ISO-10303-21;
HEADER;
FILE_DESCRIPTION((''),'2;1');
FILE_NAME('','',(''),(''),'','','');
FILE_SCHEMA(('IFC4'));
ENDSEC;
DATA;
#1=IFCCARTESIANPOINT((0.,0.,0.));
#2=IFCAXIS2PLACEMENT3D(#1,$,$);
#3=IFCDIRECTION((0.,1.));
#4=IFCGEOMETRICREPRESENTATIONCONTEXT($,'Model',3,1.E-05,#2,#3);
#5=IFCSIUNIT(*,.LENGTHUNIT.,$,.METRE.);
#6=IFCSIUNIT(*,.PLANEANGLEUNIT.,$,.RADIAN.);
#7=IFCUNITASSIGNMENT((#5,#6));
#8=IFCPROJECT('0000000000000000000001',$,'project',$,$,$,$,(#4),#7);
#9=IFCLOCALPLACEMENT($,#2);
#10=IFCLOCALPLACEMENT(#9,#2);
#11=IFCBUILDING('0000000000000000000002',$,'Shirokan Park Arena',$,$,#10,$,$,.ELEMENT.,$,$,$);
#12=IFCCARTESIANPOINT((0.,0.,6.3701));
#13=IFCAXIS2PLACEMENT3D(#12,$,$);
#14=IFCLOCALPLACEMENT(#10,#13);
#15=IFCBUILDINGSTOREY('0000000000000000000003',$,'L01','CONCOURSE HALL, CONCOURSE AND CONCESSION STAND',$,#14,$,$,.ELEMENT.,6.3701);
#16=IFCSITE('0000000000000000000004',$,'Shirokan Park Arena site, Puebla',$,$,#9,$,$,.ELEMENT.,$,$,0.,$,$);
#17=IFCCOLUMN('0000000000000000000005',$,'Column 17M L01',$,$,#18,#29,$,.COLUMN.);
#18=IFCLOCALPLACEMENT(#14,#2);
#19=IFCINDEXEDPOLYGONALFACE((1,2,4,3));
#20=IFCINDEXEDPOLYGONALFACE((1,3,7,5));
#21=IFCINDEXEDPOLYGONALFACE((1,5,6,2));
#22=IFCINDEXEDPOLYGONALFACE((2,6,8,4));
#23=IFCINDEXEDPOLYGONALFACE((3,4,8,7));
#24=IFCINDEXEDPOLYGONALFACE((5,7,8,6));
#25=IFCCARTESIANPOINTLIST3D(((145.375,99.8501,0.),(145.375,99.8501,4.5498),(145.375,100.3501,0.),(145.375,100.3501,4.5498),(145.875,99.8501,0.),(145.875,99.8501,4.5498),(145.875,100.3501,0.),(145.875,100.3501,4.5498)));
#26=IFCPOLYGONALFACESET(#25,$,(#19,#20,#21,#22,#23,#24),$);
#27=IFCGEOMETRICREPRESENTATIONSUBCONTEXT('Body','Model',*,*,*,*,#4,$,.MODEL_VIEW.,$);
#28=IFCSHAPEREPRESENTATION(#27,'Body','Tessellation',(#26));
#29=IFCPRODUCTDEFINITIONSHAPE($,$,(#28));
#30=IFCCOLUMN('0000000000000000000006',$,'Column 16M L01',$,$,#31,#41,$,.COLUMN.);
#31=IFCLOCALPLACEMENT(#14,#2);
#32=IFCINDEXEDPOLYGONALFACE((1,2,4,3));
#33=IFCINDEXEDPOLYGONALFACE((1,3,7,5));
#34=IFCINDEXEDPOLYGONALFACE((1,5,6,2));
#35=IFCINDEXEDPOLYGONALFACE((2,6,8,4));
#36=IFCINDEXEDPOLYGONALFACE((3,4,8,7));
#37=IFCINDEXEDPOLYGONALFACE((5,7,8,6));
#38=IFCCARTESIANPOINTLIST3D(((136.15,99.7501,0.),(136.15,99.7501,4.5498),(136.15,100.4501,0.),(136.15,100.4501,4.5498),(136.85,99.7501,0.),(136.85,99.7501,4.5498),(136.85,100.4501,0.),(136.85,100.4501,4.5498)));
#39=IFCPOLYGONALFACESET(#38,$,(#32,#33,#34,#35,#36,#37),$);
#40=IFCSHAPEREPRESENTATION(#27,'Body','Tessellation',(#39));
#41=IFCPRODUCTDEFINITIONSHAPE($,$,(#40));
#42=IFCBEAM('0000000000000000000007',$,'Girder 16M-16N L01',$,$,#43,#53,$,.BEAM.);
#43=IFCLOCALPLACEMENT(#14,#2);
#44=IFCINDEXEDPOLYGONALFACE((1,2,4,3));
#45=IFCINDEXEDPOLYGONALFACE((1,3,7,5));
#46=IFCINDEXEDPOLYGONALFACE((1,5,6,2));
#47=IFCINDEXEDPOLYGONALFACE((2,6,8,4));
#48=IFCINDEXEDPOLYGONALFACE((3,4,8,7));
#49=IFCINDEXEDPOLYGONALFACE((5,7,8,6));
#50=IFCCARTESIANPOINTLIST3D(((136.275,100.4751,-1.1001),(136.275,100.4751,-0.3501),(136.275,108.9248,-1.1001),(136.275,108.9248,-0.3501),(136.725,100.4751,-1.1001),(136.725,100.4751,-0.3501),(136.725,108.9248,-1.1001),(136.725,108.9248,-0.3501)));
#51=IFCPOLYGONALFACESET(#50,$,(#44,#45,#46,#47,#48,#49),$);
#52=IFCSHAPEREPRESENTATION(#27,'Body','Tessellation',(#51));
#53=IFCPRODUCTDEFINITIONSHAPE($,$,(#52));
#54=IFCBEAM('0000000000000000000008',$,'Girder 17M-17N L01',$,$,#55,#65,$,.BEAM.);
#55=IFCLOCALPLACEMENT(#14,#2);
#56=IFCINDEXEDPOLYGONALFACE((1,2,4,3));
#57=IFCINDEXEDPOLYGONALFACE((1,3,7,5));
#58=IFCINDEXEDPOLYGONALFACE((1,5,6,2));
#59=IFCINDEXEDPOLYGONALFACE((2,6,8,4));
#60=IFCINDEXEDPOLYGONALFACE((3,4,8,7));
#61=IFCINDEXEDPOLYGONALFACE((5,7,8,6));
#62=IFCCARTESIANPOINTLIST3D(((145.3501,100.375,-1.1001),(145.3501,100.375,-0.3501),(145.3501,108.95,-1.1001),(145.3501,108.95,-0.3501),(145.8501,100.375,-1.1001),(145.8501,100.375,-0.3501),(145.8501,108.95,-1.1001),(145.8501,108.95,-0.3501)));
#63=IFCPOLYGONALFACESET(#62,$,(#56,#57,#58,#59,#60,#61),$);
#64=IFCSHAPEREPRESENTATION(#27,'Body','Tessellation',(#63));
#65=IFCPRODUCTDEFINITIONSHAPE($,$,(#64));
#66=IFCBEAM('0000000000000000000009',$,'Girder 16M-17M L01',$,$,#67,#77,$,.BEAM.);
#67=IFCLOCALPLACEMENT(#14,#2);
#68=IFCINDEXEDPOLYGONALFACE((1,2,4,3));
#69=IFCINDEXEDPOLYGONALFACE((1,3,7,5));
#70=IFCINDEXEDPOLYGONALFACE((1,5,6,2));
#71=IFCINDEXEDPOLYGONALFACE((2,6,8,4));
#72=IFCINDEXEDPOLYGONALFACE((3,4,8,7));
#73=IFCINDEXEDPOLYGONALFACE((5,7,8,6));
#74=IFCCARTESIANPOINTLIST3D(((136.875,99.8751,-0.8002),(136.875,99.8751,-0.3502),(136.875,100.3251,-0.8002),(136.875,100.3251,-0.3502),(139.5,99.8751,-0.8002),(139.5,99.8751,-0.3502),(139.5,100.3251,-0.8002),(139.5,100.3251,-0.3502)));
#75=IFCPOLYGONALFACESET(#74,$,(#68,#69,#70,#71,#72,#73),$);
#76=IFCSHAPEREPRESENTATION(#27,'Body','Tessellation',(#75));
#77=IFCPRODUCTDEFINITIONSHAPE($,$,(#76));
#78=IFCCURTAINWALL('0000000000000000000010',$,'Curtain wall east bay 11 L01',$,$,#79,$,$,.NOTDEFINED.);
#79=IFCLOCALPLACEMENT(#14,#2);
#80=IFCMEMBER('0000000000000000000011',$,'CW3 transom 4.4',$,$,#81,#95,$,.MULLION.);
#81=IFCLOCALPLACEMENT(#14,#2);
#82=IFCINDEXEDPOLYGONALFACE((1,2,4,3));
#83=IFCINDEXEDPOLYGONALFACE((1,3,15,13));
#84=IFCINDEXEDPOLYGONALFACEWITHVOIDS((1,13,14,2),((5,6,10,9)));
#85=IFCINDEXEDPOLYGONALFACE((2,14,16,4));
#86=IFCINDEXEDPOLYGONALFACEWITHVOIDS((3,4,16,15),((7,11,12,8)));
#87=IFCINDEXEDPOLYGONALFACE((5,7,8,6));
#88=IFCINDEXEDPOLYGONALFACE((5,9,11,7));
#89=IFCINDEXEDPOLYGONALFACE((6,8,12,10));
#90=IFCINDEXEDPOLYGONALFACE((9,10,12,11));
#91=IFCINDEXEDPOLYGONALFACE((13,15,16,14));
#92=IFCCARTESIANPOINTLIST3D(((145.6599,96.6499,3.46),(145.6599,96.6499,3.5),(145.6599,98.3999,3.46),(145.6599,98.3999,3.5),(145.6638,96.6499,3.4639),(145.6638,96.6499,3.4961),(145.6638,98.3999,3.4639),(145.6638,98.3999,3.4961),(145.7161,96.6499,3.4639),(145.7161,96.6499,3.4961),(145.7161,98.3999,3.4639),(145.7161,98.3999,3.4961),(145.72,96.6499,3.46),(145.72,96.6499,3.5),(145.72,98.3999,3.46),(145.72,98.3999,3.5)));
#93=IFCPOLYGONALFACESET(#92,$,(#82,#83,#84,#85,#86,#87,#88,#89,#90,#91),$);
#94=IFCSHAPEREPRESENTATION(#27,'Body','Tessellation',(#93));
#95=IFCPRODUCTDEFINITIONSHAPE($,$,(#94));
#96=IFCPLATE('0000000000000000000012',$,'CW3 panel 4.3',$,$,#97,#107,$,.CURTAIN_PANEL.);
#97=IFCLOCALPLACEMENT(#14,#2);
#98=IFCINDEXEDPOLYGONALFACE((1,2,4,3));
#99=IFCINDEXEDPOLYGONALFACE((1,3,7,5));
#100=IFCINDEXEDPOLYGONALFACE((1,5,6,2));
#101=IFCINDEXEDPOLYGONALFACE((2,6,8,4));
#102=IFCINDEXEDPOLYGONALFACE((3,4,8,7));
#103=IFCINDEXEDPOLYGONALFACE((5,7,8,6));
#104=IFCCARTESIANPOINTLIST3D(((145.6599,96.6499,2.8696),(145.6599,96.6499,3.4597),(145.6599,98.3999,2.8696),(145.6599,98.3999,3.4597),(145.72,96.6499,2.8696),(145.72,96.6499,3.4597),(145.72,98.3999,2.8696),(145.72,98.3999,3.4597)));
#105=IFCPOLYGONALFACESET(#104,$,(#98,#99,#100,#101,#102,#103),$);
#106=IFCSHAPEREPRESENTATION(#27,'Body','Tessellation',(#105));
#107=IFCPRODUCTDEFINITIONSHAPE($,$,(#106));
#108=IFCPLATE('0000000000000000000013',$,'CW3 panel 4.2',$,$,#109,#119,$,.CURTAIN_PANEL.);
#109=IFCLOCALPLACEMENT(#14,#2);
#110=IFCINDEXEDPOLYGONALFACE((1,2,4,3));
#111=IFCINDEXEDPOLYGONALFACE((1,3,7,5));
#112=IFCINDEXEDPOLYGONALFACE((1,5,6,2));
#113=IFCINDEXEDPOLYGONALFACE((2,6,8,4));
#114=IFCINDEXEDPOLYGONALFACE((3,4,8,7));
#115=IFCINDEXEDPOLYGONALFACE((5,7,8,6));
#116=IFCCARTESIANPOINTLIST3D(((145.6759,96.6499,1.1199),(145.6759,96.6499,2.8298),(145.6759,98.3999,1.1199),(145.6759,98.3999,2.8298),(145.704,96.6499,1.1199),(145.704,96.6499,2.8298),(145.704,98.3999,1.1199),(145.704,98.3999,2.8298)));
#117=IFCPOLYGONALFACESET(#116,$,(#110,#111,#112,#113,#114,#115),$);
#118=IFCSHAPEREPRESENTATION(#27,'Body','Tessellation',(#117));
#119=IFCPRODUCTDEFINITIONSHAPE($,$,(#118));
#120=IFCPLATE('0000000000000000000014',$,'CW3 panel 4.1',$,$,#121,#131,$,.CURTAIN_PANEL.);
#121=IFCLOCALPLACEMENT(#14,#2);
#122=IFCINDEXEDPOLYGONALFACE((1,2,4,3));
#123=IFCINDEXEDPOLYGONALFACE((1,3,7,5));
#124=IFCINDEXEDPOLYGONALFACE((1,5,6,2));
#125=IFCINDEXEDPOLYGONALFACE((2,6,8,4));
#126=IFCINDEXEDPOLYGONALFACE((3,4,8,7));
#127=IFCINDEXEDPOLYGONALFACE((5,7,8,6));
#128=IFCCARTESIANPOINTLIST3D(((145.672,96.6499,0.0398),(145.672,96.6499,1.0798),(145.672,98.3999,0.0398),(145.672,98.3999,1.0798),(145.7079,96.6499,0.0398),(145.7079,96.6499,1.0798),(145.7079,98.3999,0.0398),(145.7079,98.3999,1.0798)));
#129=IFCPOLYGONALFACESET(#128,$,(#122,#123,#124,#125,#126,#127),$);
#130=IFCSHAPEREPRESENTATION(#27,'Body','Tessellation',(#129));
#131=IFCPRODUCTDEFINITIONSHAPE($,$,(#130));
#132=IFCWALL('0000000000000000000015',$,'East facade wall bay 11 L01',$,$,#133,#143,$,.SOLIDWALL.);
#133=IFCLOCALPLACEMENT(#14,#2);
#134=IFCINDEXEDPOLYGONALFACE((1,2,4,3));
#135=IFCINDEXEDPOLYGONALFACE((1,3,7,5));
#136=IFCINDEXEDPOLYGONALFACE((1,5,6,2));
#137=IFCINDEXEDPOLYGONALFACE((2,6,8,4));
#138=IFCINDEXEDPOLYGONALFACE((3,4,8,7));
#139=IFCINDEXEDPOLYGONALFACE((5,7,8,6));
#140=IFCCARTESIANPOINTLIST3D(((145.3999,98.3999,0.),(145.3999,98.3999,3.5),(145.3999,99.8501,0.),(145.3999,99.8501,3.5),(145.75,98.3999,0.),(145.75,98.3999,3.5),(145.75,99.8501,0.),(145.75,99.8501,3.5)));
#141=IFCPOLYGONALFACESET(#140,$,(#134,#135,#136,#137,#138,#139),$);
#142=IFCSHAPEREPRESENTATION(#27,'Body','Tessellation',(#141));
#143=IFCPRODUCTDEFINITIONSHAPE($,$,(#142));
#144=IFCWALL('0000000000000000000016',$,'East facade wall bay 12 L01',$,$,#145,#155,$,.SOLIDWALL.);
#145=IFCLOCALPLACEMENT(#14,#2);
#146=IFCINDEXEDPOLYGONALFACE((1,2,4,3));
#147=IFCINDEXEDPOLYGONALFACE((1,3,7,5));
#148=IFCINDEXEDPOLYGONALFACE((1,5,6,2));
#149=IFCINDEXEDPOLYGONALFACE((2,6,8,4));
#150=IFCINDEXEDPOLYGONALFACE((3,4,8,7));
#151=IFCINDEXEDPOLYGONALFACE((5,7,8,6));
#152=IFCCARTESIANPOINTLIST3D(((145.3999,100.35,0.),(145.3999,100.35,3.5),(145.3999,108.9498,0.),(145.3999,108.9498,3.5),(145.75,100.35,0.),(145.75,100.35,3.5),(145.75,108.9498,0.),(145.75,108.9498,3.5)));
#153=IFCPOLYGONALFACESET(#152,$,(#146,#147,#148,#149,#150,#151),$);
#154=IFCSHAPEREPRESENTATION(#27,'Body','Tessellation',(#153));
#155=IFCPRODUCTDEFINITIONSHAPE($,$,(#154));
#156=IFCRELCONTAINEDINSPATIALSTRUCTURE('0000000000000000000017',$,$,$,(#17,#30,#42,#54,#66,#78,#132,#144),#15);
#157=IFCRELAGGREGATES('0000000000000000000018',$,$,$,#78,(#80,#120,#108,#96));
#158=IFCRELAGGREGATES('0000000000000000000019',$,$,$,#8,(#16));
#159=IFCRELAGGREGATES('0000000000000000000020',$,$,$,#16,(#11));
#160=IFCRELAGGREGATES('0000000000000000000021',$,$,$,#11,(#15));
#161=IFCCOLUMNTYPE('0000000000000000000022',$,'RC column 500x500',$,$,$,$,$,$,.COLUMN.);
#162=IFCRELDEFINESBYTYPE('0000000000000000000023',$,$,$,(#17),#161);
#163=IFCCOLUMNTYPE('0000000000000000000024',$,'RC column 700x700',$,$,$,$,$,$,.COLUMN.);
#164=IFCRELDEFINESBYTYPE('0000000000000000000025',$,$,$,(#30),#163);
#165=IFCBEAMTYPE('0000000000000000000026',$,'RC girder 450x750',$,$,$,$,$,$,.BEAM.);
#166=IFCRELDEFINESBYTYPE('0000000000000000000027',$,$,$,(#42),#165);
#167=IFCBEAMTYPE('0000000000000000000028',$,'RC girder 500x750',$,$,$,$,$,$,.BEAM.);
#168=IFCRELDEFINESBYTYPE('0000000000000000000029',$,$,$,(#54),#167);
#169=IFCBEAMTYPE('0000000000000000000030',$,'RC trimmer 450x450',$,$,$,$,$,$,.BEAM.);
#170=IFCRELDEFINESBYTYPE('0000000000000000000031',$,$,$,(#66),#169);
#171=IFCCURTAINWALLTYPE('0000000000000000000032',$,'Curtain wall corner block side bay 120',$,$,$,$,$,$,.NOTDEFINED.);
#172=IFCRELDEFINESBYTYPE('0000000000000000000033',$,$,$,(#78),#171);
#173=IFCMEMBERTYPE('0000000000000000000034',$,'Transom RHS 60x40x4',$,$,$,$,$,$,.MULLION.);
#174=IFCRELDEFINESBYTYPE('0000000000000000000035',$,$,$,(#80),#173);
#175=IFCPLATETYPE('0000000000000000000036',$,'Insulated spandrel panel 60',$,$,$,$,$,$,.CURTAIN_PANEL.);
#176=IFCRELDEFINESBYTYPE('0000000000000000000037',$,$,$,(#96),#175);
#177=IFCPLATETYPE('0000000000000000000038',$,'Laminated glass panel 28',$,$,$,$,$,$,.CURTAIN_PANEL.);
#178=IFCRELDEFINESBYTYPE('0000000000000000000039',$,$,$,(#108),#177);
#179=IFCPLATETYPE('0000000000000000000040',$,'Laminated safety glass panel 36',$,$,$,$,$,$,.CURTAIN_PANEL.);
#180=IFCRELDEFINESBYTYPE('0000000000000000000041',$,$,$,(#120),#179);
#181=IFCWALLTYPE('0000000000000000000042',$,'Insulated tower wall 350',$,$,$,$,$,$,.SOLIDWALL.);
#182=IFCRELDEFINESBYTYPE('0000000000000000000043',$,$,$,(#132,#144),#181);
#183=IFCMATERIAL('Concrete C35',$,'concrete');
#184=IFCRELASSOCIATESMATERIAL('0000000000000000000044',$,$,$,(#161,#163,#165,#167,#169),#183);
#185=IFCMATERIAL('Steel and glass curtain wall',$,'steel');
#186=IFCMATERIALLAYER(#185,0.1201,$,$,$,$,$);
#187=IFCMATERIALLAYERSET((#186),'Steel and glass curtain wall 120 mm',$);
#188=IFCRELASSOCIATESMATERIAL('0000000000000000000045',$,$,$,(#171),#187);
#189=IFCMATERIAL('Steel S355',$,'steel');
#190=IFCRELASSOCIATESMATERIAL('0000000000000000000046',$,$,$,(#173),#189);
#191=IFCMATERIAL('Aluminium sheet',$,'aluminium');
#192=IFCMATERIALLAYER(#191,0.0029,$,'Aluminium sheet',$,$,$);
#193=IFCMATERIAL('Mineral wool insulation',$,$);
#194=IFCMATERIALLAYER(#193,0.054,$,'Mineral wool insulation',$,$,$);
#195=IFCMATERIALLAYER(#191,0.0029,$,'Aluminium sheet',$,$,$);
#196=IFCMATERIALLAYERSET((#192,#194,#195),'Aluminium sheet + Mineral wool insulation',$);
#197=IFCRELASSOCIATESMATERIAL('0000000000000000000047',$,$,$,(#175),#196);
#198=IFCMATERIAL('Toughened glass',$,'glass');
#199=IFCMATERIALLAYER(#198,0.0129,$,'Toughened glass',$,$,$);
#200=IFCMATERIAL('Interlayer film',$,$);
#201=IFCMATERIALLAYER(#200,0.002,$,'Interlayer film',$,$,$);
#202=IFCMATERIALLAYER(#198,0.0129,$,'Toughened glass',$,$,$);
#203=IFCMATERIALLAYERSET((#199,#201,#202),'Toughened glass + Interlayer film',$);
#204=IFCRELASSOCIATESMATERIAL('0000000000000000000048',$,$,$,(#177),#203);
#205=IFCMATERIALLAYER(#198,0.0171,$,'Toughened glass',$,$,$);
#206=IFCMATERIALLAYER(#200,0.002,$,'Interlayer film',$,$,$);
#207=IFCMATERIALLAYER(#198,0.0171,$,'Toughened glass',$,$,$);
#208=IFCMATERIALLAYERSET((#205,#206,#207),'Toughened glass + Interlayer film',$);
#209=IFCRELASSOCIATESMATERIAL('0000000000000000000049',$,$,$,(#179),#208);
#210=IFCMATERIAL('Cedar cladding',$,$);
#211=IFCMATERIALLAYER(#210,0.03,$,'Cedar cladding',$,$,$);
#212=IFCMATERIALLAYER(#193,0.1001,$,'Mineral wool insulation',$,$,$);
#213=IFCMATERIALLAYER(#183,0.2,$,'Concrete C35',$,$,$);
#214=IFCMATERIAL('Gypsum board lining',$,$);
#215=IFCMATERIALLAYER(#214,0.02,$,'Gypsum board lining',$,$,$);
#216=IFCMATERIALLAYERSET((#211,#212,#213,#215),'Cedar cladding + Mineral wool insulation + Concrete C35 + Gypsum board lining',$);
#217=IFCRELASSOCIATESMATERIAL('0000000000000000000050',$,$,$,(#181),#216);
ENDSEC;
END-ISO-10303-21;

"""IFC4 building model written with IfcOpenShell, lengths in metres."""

from ifc_helpers import new_model, si_unit, direction, frame, frame_2d, origin, origin_2d, place, context, subcontext, project, spatial, rectangle, hollow_rectangle, extrude, material, layer, layer_set, material_profile, profile_set, type_object, element, aggregate, save


model = new_model("IFC4")

# Units and contexts
model_context = context("Model", 3, precision=1e-05, world=origin(), true_north=direction((0.0, 1.0)))
body_context = subcontext(model_context, "Body", "Model", "MODEL_VIEW")
ifc_project = project(units=[si_unit("LENGTHUNIT", "METRE"), si_unit("PLANEANGLEUNIT", "RADIAN")], contexts=[model_context])

# Site, building, storey
site_placement = place(None, origin())
site = spatial("IfcSite", under=ifc_project, at=site_placement, Name="Shirokan Park Arena site, Puebla", CompositionType="ELEMENT", RefElevation=0.0)
building_placement = place(site_placement, origin())
building = spatial("IfcBuilding", under=site, at=building_placement, Name="Shirokan Park Arena", CompositionType="ELEMENT")
storey_placement = place(building_placement, frame((0.0, 0.0, 6.3701)))
storey = spatial("IfcBuildingStorey", under=building, at=storey_placement, Name="L01", Description="CONCOURSE HALL, CONCOURSE AND CONCESSION STAND", CompositionType="ELEMENT", Elevation=6.3701)

# Columns
ifc_material_1 = material(Name="Concrete C35", Category="concrete")
ifc_material_profile_1 = material_profile(ifc_material_1, rectangle(XDim=0.5, YDim=0.5, at=origin_2d()), Name="500x500")
ifc_profile_set_1 = profile_set([ifc_material_profile_1], Name="Concrete C35")
column_type_1 = type_object("IfcColumnType", Name="RC column 500x500", PredefinedType="COLUMN", material=ifc_profile_set_1)
column_1_placement = place(storey_placement, frame((145.625, 100.1001, 0.0), z_axis=(0.0, 0.0, 1.0), x_axis=(1.0, 0.0, 0.0)))
element("IfcColumn", 1, at=column_1_placement, inside=storey, type_object=column_type_1, Name="Column 17M L01", PredefinedType="COLUMN", context=body_context, shape_type="SweptSolid", body=[
    extrude(rectangle(XDim=0.5, YDim=0.5, at=origin_2d()), origin(), (0.0, 0.0, 1.0), 4.5498),
])
ifc_material_profile_2 = material_profile(ifc_material_1, rectangle(XDim=0.7, YDim=0.7, at=origin_2d()), Name="700x700")
ifc_profile_set_2 = profile_set([ifc_material_profile_2], Name="Concrete C35")
column_type_2 = type_object("IfcColumnType", Name="RC column 700x700", PredefinedType="COLUMN", material=ifc_profile_set_2)
column_2_placement = place(storey_placement, frame((136.5, 100.1001, 0.0), z_axis=(0.0, 0.0, 1.0), x_axis=(1.0, 0.0, 0.0)))
element("IfcColumn", 2, at=column_2_placement, inside=storey, type_object=column_type_2, Name="Column 16M L01", PredefinedType="COLUMN", context=body_context, shape_type="SweptSolid", body=[
    extrude(rectangle(XDim=0.7, YDim=0.7, at=origin_2d()), origin(), (0.0, 0.0, 1.0), 4.5498),
])

# Beams
ifc_material_profile_3 = material_profile(ifc_material_1, rectangle(XDim=0.45, YDim=0.75, at=origin_2d()), Name="450x750")
ifc_profile_set_3 = profile_set([ifc_material_profile_3], Name="Concrete C35")
beam_type_1 = type_object("IfcBeamType", Name="RC girder 450x750", PredefinedType="BEAM", material=ifc_profile_set_3)
beam_1_placement = place(storey_placement, frame((136.5, 100.4751, -0.7251), z_axis=(0.0, 1.0, 0.0), x_axis=(-1.0, 0.0, 0.0)))
element("IfcBeam", 3, at=beam_1_placement, inside=storey, type_object=beam_type_1, Name="Girder 16M-16N L01", PredefinedType="BEAM", context=body_context, shape_type="SweptSolid", body=[
    extrude(rectangle(XDim=0.45, YDim=0.75, at=origin_2d()), origin(), (0.0, 0.0, 1.0), 8.4497),
])
ifc_material_profile_4 = material_profile(ifc_material_1, rectangle(XDim=0.5, YDim=0.75, at=origin_2d()), Name="500x750")
ifc_profile_set_4 = profile_set([ifc_material_profile_4], Name="Concrete C35")
beam_type_2 = type_object("IfcBeamType", Name="RC girder 500x750", PredefinedType="BEAM", material=ifc_profile_set_4)
beam_2_placement = place(storey_placement, frame((145.6001, 100.375, -0.7251), z_axis=(0.0, 1.0, 0.0), x_axis=(-1.0, 0.0, 0.0)))
element("IfcBeam", 4, at=beam_2_placement, inside=storey, type_object=beam_type_2, Name="Girder 17M-17N L01", PredefinedType="BEAM", context=body_context, shape_type="SweptSolid", body=[
    extrude(rectangle(XDim=0.5, YDim=0.75, at=origin_2d()), origin(), (0.0, 0.0, 1.0), 8.575),
])
ifc_material_profile_5 = material_profile(ifc_material_1, rectangle(XDim=0.45, YDim=0.45, at=origin_2d()), Name="450x450")
ifc_profile_set_5 = profile_set([ifc_material_profile_5], Name="Concrete C35")
beam_type_3 = type_object("IfcBeamType", Name="RC trimmer 450x450", PredefinedType="BEAM", material=ifc_profile_set_5)
beam_3_placement = place(storey_placement, frame((136.875, 100.1001, -0.5752), z_axis=(1.0, 0.0, 0.0), x_axis=(0.0, 1.0, 0.0)))
element("IfcBeam", 5, at=beam_3_placement, inside=storey, type_object=beam_type_3, Name="Girder 16M-17M L01", PredefinedType="BEAM", context=body_context, shape_type="SweptSolid", body=[
    extrude(rectangle(XDim=0.45, YDim=0.45, at=origin_2d()), origin(), (0.0, 0.0, 1.0), 2.625),
])

# Curtain wall, member, plates
ifc_material_2 = material(Name="Steel and glass curtain wall", Category="steel")
ifc_layer_1 = layer(ifc_material_2, 0.1201)
ifc_layer_set_1 = layer_set([ifc_layer_1], Name="Steel and glass curtain wall 120 mm")
curtain_wall_type = type_object("IfcCurtainWallType", Name="Curtain wall corner block side bay 120", PredefinedType="NOTDEFINED", material=ifc_layer_set_1)
curtain_wall_placement = place(storey_placement, origin())
curtain_wall = element("IfcCurtainWall", 6, at=curtain_wall_placement, inside=storey, type_object=curtain_wall_type, Name="Curtain wall east bay 11 L01", PredefinedType="NOTDEFINED")
ifc_material_3 = material(Name="Steel S355", Category="steel")
ifc_material_profile_6 = material_profile(ifc_material_3, hollow_rectangle(XDim=0.0601, YDim=0.04, WallThickness=0.0039, at=origin_2d()), Name="RHS 60x40x4")
ifc_profile_set_6 = profile_set([ifc_material_profile_6], Name="Steel S355")
member_type = type_object("IfcMemberType", Name="Transom RHS 60x40x4", PredefinedType="MULLION", material=ifc_profile_set_6)
member_placement = place(storey_placement, frame((145.6899, 96.6499, 3.48), z_axis=(0.0, 1.0, 0.0), x_axis=(-1.0, 0.0, 0.0)))
member = element("IfcMember", 7, at=member_placement, type_object=member_type, Name="CW3 transom 4.4", PredefinedType="MULLION", context=body_context, shape_type="SweptSolid", body=[
    extrude(hollow_rectangle(XDim=0.0601, YDim=0.04, WallThickness=0.0039, at=origin_2d()), origin(), (0.0, 0.0, 1.0), 1.75),
])
ifc_material_4 = material(Name="Aluminium sheet", Category="aluminium")
ifc_layer_2 = layer(ifc_material_4, 0.0029, Name="Aluminium sheet")
ifc_material_5 = material(Name="Mineral wool insulation")
ifc_layer_3 = layer(ifc_material_5, 0.054, Name="Mineral wool insulation")
ifc_layer_4 = layer(ifc_material_4, 0.0029, Name="Aluminium sheet")
ifc_layer_set_2 = layer_set([ifc_layer_2, ifc_layer_3, ifc_layer_4], Name="Aluminium sheet + Mineral wool insulation")
plate_type_1 = type_object("IfcPlateType", Name="Insulated spandrel panel 60", PredefinedType="CURTAIN_PANEL", material=ifc_layer_set_2)
plate_1_placement = place(storey_placement, frame((145.6899, 97.5249, 2.8696), z_axis=(0.0, 0.0, 1.0), x_axis=(0.0, 1.0, 0.0)))
plate_1 = element("IfcPlate", 8, at=plate_1_placement, type_object=plate_type_1, Name="CW3 panel 4.3", PredefinedType="CURTAIN_PANEL", context=body_context, shape_type="SweptSolid", body=[
    extrude(rectangle(XDim=1.75, YDim=0.0601, at=origin_2d()), origin(), (0.0, 0.0, 1.0), 0.5901),
])
ifc_material_6 = material(Name="Toughened glass", Category="glass")
ifc_layer_5 = layer(ifc_material_6, 0.0129, Name="Toughened glass")
ifc_material_7 = material(Name="Interlayer film")
ifc_layer_6 = layer(ifc_material_7, 0.002, Name="Interlayer film")
ifc_layer_7 = layer(ifc_material_6, 0.0129, Name="Toughened glass")
ifc_layer_set_3 = layer_set([ifc_layer_5, ifc_layer_6, ifc_layer_7], Name="Toughened glass + Interlayer film")
plate_type_2 = type_object("IfcPlateType", Name="Laminated glass panel 28", PredefinedType="CURTAIN_PANEL", material=ifc_layer_set_3)
plate_2_placement = place(storey_placement, frame((145.6899, 97.5249, 1.1199), z_axis=(0.0, 0.0, 1.0), x_axis=(0.0, 1.0, 0.0)))
plate_2 = element("IfcPlate", 9, at=plate_2_placement, type_object=plate_type_2, Name="CW3 panel 4.2", PredefinedType="CURTAIN_PANEL", context=body_context, shape_type="SweptSolid", body=[
    extrude(rectangle(XDim=1.75, YDim=0.0281, at=origin_2d()), origin(), (0.0, 0.0, 1.0), 1.71),
])
ifc_layer_8 = layer(ifc_material_6, 0.0171, Name="Toughened glass")
ifc_layer_9 = layer(ifc_material_7, 0.002, Name="Interlayer film")
ifc_layer_10 = layer(ifc_material_6, 0.0171, Name="Toughened glass")
ifc_layer_set_4 = layer_set([ifc_layer_8, ifc_layer_9, ifc_layer_10], Name="Toughened glass + Interlayer film")
plate_type_3 = type_object("IfcPlateType", Name="Laminated safety glass panel 36", PredefinedType="CURTAIN_PANEL", material=ifc_layer_set_4)
plate_3_placement = place(storey_placement, frame((145.6899, 97.5249, 0.0398), z_axis=(0.0, 0.0, 1.0), x_axis=(0.0, 1.0, 0.0)))
plate_3 = element("IfcPlate", 10, at=plate_3_placement, type_object=plate_type_3, Name="CW3 panel 4.1", PredefinedType="CURTAIN_PANEL", context=body_context, shape_type="SweptSolid", body=[
    extrude(rectangle(XDim=1.75, YDim=0.0359, at=origin_2d()), origin(), (0.0, 0.0, 1.0), 1.04),
])
aggregate(curtain_wall, [member, plate_3, plate_2, plate_1])

# Walls
ifc_material_8 = material(Name="Cedar cladding")
ifc_layer_11 = layer(ifc_material_8, 0.03, Name="Cedar cladding")
ifc_layer_12 = layer(ifc_material_5, 0.1001, Name="Mineral wool insulation")
ifc_layer_13 = layer(ifc_material_1, 0.2, Name="Concrete C35")
ifc_material_9 = material(Name="Gypsum board lining")
ifc_layer_14 = layer(ifc_material_9, 0.02, Name="Gypsum board lining")
ifc_layer_set_5 = layer_set([ifc_layer_11, ifc_layer_12, ifc_layer_13, ifc_layer_14], Name="Cedar cladding + Mineral wool insulation + Concrete C35 + Gypsum board lining")
wall_type_1 = type_object("IfcWallType", Name="Insulated tower wall 350", PredefinedType="SOLIDWALL", material=ifc_layer_set_5)
wall_1_placement = place(storey_placement, frame((145.575, 98.3999, 0.0), z_axis=(0.0, 0.0, 1.0), x_axis=(0.0, 1.0, 0.0)))
element("IfcWall", 11, at=wall_1_placement, inside=storey, type_object=wall_type_1, Name="East facade wall bay 11 L01", PredefinedType="SOLIDWALL", context=body_context, shape_type="SweptSolid", body=[
    extrude(rectangle(XDim=1.4502, YDim=0.3501, at=frame_2d((0.7251, 0.0))), origin(), (0.0, 0.0, 1.0), 3.5),
])
wall_2_placement = place(storey_placement, frame((145.575, 100.3501, 0.0), z_axis=(0.0, 0.0, 1.0), x_axis=(0.0, 1.0, 0.0)))
element("IfcWall", 12, at=wall_2_placement, inside=storey, type_object=wall_type_1, Name="East facade wall bay 12 L01", PredefinedType="SOLIDWALL", context=body_context, shape_type="SweptSolid", body=[
    extrude(rectangle(XDim=8.5999, YDim=0.3501, at=frame_2d((4.2998, 0.0))), origin(), (0.0, 0.0, 1.0), 3.5),
])

save(model, "model.ifc")
